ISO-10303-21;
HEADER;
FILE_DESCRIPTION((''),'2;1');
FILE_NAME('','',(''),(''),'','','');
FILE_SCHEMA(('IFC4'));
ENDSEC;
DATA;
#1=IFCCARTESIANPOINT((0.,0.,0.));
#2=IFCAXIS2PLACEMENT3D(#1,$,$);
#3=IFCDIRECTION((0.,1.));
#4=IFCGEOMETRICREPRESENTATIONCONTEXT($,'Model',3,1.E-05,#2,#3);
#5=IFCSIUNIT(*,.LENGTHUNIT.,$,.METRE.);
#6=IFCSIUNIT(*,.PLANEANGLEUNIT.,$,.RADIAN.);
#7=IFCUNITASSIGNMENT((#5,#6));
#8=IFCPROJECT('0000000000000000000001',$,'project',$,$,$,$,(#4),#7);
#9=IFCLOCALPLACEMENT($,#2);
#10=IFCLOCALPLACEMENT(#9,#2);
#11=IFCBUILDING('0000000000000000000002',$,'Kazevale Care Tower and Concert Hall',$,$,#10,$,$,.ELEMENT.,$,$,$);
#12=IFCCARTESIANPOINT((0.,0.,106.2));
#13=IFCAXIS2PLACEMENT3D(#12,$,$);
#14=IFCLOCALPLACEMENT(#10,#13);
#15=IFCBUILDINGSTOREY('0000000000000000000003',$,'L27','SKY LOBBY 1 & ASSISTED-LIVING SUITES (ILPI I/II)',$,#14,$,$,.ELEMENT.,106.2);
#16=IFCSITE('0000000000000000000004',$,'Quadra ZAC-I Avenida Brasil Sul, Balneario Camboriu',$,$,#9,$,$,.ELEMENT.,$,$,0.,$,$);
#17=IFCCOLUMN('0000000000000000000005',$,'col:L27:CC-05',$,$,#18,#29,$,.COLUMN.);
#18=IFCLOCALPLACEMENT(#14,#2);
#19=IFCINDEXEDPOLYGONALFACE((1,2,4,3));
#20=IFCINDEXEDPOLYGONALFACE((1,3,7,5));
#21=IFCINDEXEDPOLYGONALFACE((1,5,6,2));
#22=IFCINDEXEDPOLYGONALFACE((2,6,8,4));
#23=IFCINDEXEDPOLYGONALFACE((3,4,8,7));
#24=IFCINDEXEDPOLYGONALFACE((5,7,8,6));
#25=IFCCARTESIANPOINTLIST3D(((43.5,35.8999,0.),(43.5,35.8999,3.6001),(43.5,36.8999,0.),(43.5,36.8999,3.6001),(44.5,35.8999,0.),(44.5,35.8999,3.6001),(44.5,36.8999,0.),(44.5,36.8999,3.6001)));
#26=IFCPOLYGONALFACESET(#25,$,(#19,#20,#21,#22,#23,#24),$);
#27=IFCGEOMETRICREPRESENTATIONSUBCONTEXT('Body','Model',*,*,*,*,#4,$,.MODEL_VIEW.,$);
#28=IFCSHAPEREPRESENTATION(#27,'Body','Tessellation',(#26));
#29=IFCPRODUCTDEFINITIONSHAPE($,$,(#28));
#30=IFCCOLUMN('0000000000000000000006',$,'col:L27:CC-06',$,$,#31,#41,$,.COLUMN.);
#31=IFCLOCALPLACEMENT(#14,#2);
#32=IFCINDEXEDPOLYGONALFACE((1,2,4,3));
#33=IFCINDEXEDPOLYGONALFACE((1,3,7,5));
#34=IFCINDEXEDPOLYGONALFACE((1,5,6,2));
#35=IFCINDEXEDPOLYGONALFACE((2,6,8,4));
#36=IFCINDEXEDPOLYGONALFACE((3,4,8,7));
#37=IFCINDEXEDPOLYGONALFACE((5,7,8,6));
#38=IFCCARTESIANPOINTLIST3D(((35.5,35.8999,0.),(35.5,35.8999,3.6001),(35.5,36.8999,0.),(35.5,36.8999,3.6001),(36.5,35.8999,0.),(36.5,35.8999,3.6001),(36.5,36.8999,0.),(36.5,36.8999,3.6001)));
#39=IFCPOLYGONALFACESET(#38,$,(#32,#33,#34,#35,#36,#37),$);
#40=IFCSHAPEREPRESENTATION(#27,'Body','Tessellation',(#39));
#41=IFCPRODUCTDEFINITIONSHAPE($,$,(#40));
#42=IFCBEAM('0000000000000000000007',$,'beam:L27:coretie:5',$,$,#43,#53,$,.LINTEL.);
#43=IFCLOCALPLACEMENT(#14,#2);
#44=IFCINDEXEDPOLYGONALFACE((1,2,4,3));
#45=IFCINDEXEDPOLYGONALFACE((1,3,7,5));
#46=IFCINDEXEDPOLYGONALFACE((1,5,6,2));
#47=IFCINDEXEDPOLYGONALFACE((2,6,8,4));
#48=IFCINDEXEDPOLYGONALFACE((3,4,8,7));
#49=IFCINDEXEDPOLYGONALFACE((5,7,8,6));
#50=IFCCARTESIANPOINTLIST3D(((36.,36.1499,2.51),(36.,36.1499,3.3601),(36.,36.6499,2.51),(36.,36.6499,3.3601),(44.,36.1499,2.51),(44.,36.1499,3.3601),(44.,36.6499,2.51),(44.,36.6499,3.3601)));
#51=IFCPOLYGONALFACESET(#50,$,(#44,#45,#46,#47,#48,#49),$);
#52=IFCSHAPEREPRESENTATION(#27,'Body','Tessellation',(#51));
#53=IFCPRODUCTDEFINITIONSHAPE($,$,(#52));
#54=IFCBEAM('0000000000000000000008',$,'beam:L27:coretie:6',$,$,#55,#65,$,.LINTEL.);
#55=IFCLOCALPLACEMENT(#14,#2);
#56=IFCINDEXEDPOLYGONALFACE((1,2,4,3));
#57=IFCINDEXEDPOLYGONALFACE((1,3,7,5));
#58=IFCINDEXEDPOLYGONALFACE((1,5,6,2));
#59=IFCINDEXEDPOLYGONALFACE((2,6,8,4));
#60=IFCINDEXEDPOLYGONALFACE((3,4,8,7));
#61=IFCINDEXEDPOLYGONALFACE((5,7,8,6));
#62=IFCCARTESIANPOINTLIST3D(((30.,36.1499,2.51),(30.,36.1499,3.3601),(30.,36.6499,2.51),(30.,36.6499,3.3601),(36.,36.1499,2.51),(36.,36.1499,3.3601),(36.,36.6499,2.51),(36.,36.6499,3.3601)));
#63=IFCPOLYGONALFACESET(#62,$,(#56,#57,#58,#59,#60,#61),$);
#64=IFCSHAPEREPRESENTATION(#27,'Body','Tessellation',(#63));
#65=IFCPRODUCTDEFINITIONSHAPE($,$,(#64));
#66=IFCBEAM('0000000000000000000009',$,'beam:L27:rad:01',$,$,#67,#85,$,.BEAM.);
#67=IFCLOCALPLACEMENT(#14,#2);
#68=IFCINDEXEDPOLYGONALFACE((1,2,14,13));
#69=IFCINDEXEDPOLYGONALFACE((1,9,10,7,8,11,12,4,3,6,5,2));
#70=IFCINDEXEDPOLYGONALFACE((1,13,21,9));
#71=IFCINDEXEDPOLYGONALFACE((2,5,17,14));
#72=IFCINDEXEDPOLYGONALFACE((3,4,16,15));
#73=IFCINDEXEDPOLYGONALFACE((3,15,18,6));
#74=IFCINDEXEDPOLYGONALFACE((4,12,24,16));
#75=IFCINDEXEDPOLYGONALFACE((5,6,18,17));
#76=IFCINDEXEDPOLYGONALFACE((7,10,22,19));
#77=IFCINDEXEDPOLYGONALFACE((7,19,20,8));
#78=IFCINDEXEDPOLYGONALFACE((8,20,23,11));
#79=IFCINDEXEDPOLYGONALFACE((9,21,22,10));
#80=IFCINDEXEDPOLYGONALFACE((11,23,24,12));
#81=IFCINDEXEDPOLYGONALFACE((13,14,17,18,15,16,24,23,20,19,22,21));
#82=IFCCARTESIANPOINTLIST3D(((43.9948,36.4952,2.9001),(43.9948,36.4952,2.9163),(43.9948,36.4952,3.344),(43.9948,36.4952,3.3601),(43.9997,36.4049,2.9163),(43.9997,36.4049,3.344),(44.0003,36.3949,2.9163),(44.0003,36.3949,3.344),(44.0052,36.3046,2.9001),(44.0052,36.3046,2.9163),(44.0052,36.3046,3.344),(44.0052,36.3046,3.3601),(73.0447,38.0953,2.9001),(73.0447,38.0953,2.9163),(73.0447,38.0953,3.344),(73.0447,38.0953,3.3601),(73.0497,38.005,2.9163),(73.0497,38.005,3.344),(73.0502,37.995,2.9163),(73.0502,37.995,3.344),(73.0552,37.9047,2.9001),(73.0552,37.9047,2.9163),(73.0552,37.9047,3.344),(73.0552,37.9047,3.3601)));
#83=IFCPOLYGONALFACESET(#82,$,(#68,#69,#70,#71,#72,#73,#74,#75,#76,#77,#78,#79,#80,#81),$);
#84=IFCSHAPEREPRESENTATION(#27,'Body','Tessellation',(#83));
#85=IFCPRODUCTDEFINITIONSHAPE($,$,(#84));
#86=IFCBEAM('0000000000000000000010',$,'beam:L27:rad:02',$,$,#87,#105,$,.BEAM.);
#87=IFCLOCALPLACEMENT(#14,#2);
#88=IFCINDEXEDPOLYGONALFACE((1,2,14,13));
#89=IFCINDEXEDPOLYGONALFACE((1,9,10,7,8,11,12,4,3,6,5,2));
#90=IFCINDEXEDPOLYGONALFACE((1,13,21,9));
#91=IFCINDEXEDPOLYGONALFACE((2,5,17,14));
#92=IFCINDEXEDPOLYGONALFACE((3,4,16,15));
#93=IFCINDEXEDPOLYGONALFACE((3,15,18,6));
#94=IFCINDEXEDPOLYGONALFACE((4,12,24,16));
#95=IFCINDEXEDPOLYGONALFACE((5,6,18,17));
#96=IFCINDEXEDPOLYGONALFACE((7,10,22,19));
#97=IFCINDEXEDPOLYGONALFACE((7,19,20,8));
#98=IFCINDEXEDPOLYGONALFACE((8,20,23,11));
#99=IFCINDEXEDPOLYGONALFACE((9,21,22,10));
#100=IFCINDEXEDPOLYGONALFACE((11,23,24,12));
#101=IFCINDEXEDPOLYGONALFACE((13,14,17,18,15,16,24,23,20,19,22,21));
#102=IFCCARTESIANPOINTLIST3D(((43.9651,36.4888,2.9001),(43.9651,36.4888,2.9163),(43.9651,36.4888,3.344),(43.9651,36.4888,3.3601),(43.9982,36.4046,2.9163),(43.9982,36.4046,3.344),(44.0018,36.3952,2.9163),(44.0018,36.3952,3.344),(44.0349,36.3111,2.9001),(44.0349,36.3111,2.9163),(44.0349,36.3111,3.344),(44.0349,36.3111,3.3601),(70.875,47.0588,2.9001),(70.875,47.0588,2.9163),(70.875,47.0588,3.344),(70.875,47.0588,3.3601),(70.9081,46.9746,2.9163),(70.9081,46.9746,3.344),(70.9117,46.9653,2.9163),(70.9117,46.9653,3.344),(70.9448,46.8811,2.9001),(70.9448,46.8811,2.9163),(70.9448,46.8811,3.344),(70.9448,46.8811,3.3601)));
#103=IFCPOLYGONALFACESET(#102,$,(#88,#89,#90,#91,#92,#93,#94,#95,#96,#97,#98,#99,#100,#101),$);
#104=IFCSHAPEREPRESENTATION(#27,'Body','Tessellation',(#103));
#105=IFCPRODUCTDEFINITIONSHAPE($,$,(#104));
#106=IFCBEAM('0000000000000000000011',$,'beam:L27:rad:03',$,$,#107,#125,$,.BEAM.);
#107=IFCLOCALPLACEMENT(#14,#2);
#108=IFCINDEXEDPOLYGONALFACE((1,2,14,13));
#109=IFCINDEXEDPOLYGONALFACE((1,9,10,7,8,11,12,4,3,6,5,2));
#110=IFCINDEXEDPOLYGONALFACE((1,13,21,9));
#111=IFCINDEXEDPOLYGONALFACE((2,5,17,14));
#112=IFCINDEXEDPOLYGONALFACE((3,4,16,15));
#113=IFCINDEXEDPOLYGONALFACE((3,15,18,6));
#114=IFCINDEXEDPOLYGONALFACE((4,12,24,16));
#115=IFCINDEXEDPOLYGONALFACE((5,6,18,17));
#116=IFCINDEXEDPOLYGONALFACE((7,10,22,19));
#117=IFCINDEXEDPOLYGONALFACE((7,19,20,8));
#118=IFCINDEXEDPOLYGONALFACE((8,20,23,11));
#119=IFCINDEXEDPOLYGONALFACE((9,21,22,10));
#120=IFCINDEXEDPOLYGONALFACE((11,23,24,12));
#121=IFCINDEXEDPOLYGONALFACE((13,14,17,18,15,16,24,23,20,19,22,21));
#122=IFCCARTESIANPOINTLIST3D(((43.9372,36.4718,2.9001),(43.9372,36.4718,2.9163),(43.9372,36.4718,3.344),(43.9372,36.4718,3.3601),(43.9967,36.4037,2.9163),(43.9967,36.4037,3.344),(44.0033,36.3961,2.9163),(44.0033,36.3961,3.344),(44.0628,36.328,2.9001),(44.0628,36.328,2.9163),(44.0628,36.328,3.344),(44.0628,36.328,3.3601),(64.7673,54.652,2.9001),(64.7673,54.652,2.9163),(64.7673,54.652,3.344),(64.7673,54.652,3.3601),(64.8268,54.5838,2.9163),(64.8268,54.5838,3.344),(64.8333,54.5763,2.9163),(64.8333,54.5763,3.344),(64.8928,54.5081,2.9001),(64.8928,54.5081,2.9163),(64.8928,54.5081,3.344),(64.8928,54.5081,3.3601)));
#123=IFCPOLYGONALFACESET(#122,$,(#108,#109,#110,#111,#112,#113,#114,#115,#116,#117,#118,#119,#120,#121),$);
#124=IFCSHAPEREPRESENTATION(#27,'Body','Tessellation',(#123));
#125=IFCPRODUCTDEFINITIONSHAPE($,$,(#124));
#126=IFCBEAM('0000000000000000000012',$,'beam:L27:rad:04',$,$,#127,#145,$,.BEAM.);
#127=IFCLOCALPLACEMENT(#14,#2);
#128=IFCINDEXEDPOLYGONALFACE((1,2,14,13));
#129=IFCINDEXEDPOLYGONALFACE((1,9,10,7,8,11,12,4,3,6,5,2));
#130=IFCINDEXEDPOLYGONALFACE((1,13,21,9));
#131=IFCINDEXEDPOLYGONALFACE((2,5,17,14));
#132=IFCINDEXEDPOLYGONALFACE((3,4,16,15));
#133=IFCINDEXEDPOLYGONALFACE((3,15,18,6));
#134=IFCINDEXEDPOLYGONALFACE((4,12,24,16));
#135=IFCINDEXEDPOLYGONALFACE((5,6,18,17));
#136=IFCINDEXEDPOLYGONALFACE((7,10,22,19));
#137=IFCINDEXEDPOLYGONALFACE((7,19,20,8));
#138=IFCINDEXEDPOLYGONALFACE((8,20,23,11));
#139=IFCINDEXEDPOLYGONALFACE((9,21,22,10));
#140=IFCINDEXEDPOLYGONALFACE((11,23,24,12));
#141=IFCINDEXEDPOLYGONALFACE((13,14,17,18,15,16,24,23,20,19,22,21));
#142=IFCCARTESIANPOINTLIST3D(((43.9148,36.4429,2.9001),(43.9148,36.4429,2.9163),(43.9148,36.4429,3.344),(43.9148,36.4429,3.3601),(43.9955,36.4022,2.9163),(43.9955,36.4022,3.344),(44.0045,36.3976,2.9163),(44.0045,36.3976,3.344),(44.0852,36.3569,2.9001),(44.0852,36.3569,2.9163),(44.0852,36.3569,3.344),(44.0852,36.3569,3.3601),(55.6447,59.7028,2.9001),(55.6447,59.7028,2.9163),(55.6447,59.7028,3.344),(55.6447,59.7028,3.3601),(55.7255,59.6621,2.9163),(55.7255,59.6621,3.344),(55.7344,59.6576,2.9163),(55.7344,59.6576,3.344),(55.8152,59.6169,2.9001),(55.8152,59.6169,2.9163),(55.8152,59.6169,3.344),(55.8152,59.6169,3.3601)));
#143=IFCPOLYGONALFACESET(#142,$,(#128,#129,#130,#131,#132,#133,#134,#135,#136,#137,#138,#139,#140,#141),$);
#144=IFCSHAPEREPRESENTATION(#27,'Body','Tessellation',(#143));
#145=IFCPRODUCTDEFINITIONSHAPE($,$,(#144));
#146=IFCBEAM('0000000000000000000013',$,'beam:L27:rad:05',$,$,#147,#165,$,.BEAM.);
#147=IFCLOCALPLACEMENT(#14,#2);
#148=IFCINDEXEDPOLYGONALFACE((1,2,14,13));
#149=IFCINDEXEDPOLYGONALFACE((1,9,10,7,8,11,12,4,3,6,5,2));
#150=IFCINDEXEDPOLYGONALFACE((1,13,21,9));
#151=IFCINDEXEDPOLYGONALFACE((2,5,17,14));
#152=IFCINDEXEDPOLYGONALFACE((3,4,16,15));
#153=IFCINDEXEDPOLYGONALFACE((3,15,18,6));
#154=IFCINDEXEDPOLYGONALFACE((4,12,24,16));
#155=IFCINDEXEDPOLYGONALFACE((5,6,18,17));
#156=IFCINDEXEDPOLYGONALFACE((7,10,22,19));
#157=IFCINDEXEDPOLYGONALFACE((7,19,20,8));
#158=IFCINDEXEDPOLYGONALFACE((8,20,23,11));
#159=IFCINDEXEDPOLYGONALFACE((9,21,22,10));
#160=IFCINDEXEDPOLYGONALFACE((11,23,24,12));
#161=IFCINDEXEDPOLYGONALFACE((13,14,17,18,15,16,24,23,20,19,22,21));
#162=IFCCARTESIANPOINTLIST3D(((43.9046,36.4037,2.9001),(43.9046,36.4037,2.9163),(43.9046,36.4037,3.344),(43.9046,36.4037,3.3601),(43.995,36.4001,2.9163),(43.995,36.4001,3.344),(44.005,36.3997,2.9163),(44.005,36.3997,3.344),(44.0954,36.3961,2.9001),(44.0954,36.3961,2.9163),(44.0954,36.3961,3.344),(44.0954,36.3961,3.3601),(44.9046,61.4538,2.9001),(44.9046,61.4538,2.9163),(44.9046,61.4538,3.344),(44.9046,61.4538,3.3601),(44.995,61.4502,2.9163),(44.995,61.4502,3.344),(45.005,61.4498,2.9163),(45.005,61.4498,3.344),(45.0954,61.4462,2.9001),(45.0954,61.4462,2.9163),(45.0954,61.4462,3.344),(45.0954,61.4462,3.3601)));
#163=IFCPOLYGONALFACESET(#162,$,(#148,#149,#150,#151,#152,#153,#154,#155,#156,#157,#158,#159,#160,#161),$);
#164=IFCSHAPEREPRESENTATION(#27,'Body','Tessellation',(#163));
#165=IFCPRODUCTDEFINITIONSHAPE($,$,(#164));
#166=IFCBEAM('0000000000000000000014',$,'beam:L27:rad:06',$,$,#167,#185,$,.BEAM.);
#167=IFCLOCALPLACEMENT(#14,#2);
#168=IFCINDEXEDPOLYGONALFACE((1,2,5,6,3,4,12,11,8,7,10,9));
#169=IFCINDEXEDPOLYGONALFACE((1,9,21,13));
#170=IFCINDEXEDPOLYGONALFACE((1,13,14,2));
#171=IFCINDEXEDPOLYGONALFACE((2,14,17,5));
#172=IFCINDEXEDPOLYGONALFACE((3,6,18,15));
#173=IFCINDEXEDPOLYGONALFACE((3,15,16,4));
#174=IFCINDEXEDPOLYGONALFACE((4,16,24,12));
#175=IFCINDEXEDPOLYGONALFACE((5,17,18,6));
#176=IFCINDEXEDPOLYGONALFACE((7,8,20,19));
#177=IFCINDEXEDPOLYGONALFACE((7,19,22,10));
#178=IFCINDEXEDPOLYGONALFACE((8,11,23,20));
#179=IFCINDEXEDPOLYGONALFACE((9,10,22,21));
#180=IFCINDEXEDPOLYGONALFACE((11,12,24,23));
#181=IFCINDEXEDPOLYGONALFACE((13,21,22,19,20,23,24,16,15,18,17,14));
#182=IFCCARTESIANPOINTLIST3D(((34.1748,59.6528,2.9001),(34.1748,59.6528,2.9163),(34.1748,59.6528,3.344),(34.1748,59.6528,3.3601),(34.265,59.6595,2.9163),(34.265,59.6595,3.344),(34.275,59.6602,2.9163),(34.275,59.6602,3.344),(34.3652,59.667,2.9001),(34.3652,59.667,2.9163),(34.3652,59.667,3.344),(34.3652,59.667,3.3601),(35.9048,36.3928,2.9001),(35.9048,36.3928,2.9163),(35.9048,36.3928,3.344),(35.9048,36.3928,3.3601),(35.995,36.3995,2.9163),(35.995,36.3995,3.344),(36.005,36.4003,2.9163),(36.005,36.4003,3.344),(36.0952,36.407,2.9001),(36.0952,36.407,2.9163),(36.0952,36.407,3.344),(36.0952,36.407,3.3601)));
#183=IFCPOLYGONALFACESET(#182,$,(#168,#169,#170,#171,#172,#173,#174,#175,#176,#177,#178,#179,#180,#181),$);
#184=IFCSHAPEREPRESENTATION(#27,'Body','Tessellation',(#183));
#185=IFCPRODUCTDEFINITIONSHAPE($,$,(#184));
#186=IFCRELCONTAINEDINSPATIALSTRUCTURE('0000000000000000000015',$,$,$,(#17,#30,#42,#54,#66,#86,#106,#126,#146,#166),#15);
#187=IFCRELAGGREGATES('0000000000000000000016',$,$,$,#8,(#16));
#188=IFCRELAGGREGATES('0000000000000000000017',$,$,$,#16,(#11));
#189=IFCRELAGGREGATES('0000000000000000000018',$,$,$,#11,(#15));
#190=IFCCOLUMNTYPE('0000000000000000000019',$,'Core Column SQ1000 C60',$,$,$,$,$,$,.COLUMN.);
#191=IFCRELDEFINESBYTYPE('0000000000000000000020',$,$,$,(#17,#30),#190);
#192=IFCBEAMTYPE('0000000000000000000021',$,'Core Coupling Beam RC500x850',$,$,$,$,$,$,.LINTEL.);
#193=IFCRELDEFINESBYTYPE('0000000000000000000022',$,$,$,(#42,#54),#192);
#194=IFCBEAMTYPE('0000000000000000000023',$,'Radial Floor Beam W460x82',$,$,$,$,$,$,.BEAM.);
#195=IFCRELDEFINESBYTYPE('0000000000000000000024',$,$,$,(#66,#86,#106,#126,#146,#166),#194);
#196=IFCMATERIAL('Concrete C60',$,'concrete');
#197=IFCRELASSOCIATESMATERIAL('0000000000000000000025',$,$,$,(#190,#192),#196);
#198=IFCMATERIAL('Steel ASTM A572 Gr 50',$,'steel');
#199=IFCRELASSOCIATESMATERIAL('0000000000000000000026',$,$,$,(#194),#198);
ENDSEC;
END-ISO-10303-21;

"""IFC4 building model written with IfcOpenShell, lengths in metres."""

from ifc_helpers import new_model, si_unit, direction, frame, origin, origin_2d, place, context, subcontext, project, spatial, rectangle, i_section, extrude, material, material_profile, profile_set, type_object, element, save


model = new_model("IFC4")

# Units and contexts
model_context = context("Model", 3, precision=1e-05, world=origin(), true_north=direction((0.0, 1.0)))
body_context = subcontext(model_context, "Body", "Model", "MODEL_VIEW")
ifc_project = project(units=[si_unit("LENGTHUNIT", "METRE"), si_unit("PLANEANGLEUNIT", "RADIAN")], contexts=[model_context])

# Site, building, storey
site_placement = place(None, origin())
site = spatial("IfcSite", under=ifc_project, at=site_placement, Name="Quadra ZAC-I Avenida Brasil Sul, Balneario Camboriu", CompositionType="ELEMENT", RefElevation=0.0)
building_placement = place(site_placement, origin())
building = spatial("IfcBuilding", under=site, at=building_placement, Name="Kazevale Care Tower and Concert Hall", CompositionType="ELEMENT")
storey_placement = place(building_placement, frame((0.0, 0.0, 106.2)))
storey = spatial("IfcBuildingStorey", under=building, at=storey_placement, Name="L27", Description="SKY LOBBY 1 & ASSISTED-LIVING SUITES (ILPI I/II)", CompositionType="ELEMENT", Elevation=106.2)

# Columns
ifc_material_1 = material(Name="Concrete C60", Category="concrete")
ifc_material_profile_1 = material_profile(ifc_material_1, rectangle(XDim=1.0, YDim=1.0, at=origin_2d()), Name="RC-SQ1000")
ifc_profile_set_1 = profile_set([ifc_material_profile_1], Name="Concrete C60")
column_type = type_object("IfcColumnType", Name="Core Column SQ1000 C60", PredefinedType="COLUMN", material=ifc_profile_set_1)
for number, where, z_axis, x_axis, name in (
    (1, (44.0, 36.3999, 0.0), (0.0, 0.0, 1.0), (1.0, 0.0, 0.0), "col:L27:CC-05"),
    (2, (36.0, 36.3999, 0.0), (0.0, 0.0, 1.0), (1.0, 0.0, 0.0), "col:L27:CC-06"),
):
    element("IfcColumn", number, at=place(storey_placement, frame(where, z_axis=z_axis, x_axis=x_axis)), inside=storey, type_object=column_type, Name=name, PredefinedType="COLUMN", context=body_context, shape_type="SweptSolid", body=[
        extrude(rectangle(XDim=1.0, YDim=1.0, at=origin_2d()), origin(), (0.0, 0.0, 1.0), 3.6001),
    ])

# Beams
ifc_material_profile_2 = material_profile(ifc_material_1, rectangle(XDim=0.5, YDim=0.8501, at=origin_2d()), Name="RC-B500x850")
ifc_profile_set_2 = profile_set([ifc_material_profile_2], Name="Concrete C60")
beam_type_1 = type_object("IfcBeamType", Name="Core Coupling Beam RC500x850", PredefinedType="LINTEL", material=ifc_profile_set_2)
beam_1_placement = place(storey_placement, frame((44.0, 36.3999, 2.9351), z_axis=(-1.0, 0.0, 0.0), x_axis=(0.0, -1.0, 0.0)))
element("IfcBeam", 3, at=beam_1_placement, inside=storey, type_object=beam_type_1, Name="beam:L27:coretie:5", PredefinedType="LINTEL", context=body_context, shape_type="SweptSolid", body=[
    extrude(rectangle(XDim=0.5, YDim=0.8501, at=origin_2d()), origin(), (0.0, 0.0, 1.0), 8.0),
])
beam_2_placement = place(storey_placement, frame((36.0, 36.3999, 2.9351), z_axis=(-1.0, 0.0, 0.0), x_axis=(0.0, -1.0, 0.0)))
element("IfcBeam", 4, at=beam_2_placement, inside=storey, type_object=beam_type_1, Name="beam:L27:coretie:6", PredefinedType="LINTEL", context=body_context, shape_type="SweptSolid", body=[
    extrude(rectangle(XDim=0.5, YDim=0.8501, at=origin_2d()), origin(), (0.0, 0.0, 1.0), 6.0),
])
ifc_material_2 = material(Name="Steel ASTM A572 Gr 50", Category="steel")
ifc_material_profile_3 = material_profile(ifc_material_2, i_section(OverallWidth=0.1909, OverallDepth=0.46, WebThickness=0.01, FlangeThickness=0.0161, at=origin_2d()), Name="W460x82")
ifc_profile_set_3 = profile_set([ifc_material_profile_3], Name="Steel ASTM A572 Gr 50")
beam_type_2 = type_object("IfcBeamType", Name="Radial Floor Beam W460x82", PredefinedType="BEAM", material=ifc_profile_set_3)
beam_3_placement = place(storey_placement, frame((44.0, 36.3999, 3.1301), z_axis=(0.998487, 0.054997, 0.0), x_axis=(-0.054997, 0.998487, 0.0)))
element("IfcBeam", 5, at=beam_3_placement, inside=storey, type_object=beam_type_2, Name="beam:L27:rad:01", PredefinedType="BEAM", context=body_context, shape_type="SweptSolid", body=[
    extrude(i_section(OverallWidth=0.1909, OverallDepth=0.46, WebThickness=0.01, FlangeThickness=0.0161, at=origin_2d()), origin(), (0.0, 0.0, 1.0), 29.094),
])
beam_4_placement = place(storey_placement, frame((44.0, 36.3999, 3.1301), z_axis=(0.930771, 0.365602, 0.0), x_axis=(-0.365602, 0.930771, 0.0)))
element("IfcBeam", 6, at=beam_4_placement, inside=storey, type_object=beam_type_2, Name="beam:L27:rad:02", PredefinedType="BEAM", context=body_context, shape_type="SweptSolid", body=[
    extrude(i_section(OverallWidth=0.1909, OverallDepth=0.46, WebThickness=0.01, FlangeThickness=0.0161, at=origin_2d()), origin(), (0.0, 0.0, 1.0), 28.9114),
])
beam_5_placement = place(storey_placement, frame((44.0, 36.3999, 3.1301), z_axis=(0.753403, 0.657559, 0.0), x_axis=(-0.657559, 0.753403, 0.0)))
element("IfcBeam", 7, at=beam_5_placement, inside=storey, type_object=beam_type_2, Name="beam:L27:rad:03", PredefinedType="BEAM", context=body_context, shape_type="SweptSolid", body=[
    extrude(i_section(OverallWidth=0.1909, OverallDepth=0.46, WebThickness=0.01, FlangeThickness=0.0161, at=origin_2d()), origin(), (0.0, 0.0, 1.0), 27.6479),
])
beam_6_placement = place(storey_placement, frame((44.0, 36.3999, 3.1301), z_axis=(0.450281, 0.892887, 0.0), x_axis=(-0.892887, 0.450281, 0.0)))
element("IfcBeam", 8, at=beam_6_placement, inside=storey, type_object=beam_type_2, Name="beam:L27:rad:04", PredefinedType="BEAM", context=body_context, shape_type="SweptSolid", body=[
    extrude(i_section(OverallWidth=0.1909, OverallDepth=0.46, WebThickness=0.01, FlangeThickness=0.0161, at=origin_2d()), origin(), (0.0, 0.0, 1.0), 26.0503),
])
beam_7_placement = place(storey_placement, frame((44.0, 36.3999, 3.1301), z_axis=(0.039888, 0.999204, 0.0), x_axis=(-0.999204, 0.039888, 0.0)))
element("IfcBeam", 9, at=beam_7_placement, inside=storey, type_object=beam_type_2, Name="beam:L27:rad:05", PredefinedType="BEAM", context=body_context, shape_type="SweptSolid", body=[
    extrude(i_section(OverallWidth=0.1909, OverallDepth=0.46, WebThickness=0.01, FlangeThickness=0.0161, at=origin_2d()), origin(), (0.0, 0.0, 1.0), 25.0701),
])
beam_8_placement = place(storey_placement, frame((36.0, 36.3999, 3.1301), z_axis=(-0.074171, 0.997246, 0.0), x_axis=(-0.997246, -0.074171, 0.0)))
element("IfcBeam", 10, at=beam_8_placement, inside=storey, type_object=beam_type_2, Name="beam:L27:rad:06", PredefinedType="BEAM", context=body_context, shape_type="SweptSolid", body=[
    extrude(i_section(OverallWidth=0.1909, OverallDepth=0.46, WebThickness=0.01, FlangeThickness=0.0161, at=origin_2d()), origin(), (0.0, 0.0, 1.0), 23.3242),
])

save(model, "model.ifc")
